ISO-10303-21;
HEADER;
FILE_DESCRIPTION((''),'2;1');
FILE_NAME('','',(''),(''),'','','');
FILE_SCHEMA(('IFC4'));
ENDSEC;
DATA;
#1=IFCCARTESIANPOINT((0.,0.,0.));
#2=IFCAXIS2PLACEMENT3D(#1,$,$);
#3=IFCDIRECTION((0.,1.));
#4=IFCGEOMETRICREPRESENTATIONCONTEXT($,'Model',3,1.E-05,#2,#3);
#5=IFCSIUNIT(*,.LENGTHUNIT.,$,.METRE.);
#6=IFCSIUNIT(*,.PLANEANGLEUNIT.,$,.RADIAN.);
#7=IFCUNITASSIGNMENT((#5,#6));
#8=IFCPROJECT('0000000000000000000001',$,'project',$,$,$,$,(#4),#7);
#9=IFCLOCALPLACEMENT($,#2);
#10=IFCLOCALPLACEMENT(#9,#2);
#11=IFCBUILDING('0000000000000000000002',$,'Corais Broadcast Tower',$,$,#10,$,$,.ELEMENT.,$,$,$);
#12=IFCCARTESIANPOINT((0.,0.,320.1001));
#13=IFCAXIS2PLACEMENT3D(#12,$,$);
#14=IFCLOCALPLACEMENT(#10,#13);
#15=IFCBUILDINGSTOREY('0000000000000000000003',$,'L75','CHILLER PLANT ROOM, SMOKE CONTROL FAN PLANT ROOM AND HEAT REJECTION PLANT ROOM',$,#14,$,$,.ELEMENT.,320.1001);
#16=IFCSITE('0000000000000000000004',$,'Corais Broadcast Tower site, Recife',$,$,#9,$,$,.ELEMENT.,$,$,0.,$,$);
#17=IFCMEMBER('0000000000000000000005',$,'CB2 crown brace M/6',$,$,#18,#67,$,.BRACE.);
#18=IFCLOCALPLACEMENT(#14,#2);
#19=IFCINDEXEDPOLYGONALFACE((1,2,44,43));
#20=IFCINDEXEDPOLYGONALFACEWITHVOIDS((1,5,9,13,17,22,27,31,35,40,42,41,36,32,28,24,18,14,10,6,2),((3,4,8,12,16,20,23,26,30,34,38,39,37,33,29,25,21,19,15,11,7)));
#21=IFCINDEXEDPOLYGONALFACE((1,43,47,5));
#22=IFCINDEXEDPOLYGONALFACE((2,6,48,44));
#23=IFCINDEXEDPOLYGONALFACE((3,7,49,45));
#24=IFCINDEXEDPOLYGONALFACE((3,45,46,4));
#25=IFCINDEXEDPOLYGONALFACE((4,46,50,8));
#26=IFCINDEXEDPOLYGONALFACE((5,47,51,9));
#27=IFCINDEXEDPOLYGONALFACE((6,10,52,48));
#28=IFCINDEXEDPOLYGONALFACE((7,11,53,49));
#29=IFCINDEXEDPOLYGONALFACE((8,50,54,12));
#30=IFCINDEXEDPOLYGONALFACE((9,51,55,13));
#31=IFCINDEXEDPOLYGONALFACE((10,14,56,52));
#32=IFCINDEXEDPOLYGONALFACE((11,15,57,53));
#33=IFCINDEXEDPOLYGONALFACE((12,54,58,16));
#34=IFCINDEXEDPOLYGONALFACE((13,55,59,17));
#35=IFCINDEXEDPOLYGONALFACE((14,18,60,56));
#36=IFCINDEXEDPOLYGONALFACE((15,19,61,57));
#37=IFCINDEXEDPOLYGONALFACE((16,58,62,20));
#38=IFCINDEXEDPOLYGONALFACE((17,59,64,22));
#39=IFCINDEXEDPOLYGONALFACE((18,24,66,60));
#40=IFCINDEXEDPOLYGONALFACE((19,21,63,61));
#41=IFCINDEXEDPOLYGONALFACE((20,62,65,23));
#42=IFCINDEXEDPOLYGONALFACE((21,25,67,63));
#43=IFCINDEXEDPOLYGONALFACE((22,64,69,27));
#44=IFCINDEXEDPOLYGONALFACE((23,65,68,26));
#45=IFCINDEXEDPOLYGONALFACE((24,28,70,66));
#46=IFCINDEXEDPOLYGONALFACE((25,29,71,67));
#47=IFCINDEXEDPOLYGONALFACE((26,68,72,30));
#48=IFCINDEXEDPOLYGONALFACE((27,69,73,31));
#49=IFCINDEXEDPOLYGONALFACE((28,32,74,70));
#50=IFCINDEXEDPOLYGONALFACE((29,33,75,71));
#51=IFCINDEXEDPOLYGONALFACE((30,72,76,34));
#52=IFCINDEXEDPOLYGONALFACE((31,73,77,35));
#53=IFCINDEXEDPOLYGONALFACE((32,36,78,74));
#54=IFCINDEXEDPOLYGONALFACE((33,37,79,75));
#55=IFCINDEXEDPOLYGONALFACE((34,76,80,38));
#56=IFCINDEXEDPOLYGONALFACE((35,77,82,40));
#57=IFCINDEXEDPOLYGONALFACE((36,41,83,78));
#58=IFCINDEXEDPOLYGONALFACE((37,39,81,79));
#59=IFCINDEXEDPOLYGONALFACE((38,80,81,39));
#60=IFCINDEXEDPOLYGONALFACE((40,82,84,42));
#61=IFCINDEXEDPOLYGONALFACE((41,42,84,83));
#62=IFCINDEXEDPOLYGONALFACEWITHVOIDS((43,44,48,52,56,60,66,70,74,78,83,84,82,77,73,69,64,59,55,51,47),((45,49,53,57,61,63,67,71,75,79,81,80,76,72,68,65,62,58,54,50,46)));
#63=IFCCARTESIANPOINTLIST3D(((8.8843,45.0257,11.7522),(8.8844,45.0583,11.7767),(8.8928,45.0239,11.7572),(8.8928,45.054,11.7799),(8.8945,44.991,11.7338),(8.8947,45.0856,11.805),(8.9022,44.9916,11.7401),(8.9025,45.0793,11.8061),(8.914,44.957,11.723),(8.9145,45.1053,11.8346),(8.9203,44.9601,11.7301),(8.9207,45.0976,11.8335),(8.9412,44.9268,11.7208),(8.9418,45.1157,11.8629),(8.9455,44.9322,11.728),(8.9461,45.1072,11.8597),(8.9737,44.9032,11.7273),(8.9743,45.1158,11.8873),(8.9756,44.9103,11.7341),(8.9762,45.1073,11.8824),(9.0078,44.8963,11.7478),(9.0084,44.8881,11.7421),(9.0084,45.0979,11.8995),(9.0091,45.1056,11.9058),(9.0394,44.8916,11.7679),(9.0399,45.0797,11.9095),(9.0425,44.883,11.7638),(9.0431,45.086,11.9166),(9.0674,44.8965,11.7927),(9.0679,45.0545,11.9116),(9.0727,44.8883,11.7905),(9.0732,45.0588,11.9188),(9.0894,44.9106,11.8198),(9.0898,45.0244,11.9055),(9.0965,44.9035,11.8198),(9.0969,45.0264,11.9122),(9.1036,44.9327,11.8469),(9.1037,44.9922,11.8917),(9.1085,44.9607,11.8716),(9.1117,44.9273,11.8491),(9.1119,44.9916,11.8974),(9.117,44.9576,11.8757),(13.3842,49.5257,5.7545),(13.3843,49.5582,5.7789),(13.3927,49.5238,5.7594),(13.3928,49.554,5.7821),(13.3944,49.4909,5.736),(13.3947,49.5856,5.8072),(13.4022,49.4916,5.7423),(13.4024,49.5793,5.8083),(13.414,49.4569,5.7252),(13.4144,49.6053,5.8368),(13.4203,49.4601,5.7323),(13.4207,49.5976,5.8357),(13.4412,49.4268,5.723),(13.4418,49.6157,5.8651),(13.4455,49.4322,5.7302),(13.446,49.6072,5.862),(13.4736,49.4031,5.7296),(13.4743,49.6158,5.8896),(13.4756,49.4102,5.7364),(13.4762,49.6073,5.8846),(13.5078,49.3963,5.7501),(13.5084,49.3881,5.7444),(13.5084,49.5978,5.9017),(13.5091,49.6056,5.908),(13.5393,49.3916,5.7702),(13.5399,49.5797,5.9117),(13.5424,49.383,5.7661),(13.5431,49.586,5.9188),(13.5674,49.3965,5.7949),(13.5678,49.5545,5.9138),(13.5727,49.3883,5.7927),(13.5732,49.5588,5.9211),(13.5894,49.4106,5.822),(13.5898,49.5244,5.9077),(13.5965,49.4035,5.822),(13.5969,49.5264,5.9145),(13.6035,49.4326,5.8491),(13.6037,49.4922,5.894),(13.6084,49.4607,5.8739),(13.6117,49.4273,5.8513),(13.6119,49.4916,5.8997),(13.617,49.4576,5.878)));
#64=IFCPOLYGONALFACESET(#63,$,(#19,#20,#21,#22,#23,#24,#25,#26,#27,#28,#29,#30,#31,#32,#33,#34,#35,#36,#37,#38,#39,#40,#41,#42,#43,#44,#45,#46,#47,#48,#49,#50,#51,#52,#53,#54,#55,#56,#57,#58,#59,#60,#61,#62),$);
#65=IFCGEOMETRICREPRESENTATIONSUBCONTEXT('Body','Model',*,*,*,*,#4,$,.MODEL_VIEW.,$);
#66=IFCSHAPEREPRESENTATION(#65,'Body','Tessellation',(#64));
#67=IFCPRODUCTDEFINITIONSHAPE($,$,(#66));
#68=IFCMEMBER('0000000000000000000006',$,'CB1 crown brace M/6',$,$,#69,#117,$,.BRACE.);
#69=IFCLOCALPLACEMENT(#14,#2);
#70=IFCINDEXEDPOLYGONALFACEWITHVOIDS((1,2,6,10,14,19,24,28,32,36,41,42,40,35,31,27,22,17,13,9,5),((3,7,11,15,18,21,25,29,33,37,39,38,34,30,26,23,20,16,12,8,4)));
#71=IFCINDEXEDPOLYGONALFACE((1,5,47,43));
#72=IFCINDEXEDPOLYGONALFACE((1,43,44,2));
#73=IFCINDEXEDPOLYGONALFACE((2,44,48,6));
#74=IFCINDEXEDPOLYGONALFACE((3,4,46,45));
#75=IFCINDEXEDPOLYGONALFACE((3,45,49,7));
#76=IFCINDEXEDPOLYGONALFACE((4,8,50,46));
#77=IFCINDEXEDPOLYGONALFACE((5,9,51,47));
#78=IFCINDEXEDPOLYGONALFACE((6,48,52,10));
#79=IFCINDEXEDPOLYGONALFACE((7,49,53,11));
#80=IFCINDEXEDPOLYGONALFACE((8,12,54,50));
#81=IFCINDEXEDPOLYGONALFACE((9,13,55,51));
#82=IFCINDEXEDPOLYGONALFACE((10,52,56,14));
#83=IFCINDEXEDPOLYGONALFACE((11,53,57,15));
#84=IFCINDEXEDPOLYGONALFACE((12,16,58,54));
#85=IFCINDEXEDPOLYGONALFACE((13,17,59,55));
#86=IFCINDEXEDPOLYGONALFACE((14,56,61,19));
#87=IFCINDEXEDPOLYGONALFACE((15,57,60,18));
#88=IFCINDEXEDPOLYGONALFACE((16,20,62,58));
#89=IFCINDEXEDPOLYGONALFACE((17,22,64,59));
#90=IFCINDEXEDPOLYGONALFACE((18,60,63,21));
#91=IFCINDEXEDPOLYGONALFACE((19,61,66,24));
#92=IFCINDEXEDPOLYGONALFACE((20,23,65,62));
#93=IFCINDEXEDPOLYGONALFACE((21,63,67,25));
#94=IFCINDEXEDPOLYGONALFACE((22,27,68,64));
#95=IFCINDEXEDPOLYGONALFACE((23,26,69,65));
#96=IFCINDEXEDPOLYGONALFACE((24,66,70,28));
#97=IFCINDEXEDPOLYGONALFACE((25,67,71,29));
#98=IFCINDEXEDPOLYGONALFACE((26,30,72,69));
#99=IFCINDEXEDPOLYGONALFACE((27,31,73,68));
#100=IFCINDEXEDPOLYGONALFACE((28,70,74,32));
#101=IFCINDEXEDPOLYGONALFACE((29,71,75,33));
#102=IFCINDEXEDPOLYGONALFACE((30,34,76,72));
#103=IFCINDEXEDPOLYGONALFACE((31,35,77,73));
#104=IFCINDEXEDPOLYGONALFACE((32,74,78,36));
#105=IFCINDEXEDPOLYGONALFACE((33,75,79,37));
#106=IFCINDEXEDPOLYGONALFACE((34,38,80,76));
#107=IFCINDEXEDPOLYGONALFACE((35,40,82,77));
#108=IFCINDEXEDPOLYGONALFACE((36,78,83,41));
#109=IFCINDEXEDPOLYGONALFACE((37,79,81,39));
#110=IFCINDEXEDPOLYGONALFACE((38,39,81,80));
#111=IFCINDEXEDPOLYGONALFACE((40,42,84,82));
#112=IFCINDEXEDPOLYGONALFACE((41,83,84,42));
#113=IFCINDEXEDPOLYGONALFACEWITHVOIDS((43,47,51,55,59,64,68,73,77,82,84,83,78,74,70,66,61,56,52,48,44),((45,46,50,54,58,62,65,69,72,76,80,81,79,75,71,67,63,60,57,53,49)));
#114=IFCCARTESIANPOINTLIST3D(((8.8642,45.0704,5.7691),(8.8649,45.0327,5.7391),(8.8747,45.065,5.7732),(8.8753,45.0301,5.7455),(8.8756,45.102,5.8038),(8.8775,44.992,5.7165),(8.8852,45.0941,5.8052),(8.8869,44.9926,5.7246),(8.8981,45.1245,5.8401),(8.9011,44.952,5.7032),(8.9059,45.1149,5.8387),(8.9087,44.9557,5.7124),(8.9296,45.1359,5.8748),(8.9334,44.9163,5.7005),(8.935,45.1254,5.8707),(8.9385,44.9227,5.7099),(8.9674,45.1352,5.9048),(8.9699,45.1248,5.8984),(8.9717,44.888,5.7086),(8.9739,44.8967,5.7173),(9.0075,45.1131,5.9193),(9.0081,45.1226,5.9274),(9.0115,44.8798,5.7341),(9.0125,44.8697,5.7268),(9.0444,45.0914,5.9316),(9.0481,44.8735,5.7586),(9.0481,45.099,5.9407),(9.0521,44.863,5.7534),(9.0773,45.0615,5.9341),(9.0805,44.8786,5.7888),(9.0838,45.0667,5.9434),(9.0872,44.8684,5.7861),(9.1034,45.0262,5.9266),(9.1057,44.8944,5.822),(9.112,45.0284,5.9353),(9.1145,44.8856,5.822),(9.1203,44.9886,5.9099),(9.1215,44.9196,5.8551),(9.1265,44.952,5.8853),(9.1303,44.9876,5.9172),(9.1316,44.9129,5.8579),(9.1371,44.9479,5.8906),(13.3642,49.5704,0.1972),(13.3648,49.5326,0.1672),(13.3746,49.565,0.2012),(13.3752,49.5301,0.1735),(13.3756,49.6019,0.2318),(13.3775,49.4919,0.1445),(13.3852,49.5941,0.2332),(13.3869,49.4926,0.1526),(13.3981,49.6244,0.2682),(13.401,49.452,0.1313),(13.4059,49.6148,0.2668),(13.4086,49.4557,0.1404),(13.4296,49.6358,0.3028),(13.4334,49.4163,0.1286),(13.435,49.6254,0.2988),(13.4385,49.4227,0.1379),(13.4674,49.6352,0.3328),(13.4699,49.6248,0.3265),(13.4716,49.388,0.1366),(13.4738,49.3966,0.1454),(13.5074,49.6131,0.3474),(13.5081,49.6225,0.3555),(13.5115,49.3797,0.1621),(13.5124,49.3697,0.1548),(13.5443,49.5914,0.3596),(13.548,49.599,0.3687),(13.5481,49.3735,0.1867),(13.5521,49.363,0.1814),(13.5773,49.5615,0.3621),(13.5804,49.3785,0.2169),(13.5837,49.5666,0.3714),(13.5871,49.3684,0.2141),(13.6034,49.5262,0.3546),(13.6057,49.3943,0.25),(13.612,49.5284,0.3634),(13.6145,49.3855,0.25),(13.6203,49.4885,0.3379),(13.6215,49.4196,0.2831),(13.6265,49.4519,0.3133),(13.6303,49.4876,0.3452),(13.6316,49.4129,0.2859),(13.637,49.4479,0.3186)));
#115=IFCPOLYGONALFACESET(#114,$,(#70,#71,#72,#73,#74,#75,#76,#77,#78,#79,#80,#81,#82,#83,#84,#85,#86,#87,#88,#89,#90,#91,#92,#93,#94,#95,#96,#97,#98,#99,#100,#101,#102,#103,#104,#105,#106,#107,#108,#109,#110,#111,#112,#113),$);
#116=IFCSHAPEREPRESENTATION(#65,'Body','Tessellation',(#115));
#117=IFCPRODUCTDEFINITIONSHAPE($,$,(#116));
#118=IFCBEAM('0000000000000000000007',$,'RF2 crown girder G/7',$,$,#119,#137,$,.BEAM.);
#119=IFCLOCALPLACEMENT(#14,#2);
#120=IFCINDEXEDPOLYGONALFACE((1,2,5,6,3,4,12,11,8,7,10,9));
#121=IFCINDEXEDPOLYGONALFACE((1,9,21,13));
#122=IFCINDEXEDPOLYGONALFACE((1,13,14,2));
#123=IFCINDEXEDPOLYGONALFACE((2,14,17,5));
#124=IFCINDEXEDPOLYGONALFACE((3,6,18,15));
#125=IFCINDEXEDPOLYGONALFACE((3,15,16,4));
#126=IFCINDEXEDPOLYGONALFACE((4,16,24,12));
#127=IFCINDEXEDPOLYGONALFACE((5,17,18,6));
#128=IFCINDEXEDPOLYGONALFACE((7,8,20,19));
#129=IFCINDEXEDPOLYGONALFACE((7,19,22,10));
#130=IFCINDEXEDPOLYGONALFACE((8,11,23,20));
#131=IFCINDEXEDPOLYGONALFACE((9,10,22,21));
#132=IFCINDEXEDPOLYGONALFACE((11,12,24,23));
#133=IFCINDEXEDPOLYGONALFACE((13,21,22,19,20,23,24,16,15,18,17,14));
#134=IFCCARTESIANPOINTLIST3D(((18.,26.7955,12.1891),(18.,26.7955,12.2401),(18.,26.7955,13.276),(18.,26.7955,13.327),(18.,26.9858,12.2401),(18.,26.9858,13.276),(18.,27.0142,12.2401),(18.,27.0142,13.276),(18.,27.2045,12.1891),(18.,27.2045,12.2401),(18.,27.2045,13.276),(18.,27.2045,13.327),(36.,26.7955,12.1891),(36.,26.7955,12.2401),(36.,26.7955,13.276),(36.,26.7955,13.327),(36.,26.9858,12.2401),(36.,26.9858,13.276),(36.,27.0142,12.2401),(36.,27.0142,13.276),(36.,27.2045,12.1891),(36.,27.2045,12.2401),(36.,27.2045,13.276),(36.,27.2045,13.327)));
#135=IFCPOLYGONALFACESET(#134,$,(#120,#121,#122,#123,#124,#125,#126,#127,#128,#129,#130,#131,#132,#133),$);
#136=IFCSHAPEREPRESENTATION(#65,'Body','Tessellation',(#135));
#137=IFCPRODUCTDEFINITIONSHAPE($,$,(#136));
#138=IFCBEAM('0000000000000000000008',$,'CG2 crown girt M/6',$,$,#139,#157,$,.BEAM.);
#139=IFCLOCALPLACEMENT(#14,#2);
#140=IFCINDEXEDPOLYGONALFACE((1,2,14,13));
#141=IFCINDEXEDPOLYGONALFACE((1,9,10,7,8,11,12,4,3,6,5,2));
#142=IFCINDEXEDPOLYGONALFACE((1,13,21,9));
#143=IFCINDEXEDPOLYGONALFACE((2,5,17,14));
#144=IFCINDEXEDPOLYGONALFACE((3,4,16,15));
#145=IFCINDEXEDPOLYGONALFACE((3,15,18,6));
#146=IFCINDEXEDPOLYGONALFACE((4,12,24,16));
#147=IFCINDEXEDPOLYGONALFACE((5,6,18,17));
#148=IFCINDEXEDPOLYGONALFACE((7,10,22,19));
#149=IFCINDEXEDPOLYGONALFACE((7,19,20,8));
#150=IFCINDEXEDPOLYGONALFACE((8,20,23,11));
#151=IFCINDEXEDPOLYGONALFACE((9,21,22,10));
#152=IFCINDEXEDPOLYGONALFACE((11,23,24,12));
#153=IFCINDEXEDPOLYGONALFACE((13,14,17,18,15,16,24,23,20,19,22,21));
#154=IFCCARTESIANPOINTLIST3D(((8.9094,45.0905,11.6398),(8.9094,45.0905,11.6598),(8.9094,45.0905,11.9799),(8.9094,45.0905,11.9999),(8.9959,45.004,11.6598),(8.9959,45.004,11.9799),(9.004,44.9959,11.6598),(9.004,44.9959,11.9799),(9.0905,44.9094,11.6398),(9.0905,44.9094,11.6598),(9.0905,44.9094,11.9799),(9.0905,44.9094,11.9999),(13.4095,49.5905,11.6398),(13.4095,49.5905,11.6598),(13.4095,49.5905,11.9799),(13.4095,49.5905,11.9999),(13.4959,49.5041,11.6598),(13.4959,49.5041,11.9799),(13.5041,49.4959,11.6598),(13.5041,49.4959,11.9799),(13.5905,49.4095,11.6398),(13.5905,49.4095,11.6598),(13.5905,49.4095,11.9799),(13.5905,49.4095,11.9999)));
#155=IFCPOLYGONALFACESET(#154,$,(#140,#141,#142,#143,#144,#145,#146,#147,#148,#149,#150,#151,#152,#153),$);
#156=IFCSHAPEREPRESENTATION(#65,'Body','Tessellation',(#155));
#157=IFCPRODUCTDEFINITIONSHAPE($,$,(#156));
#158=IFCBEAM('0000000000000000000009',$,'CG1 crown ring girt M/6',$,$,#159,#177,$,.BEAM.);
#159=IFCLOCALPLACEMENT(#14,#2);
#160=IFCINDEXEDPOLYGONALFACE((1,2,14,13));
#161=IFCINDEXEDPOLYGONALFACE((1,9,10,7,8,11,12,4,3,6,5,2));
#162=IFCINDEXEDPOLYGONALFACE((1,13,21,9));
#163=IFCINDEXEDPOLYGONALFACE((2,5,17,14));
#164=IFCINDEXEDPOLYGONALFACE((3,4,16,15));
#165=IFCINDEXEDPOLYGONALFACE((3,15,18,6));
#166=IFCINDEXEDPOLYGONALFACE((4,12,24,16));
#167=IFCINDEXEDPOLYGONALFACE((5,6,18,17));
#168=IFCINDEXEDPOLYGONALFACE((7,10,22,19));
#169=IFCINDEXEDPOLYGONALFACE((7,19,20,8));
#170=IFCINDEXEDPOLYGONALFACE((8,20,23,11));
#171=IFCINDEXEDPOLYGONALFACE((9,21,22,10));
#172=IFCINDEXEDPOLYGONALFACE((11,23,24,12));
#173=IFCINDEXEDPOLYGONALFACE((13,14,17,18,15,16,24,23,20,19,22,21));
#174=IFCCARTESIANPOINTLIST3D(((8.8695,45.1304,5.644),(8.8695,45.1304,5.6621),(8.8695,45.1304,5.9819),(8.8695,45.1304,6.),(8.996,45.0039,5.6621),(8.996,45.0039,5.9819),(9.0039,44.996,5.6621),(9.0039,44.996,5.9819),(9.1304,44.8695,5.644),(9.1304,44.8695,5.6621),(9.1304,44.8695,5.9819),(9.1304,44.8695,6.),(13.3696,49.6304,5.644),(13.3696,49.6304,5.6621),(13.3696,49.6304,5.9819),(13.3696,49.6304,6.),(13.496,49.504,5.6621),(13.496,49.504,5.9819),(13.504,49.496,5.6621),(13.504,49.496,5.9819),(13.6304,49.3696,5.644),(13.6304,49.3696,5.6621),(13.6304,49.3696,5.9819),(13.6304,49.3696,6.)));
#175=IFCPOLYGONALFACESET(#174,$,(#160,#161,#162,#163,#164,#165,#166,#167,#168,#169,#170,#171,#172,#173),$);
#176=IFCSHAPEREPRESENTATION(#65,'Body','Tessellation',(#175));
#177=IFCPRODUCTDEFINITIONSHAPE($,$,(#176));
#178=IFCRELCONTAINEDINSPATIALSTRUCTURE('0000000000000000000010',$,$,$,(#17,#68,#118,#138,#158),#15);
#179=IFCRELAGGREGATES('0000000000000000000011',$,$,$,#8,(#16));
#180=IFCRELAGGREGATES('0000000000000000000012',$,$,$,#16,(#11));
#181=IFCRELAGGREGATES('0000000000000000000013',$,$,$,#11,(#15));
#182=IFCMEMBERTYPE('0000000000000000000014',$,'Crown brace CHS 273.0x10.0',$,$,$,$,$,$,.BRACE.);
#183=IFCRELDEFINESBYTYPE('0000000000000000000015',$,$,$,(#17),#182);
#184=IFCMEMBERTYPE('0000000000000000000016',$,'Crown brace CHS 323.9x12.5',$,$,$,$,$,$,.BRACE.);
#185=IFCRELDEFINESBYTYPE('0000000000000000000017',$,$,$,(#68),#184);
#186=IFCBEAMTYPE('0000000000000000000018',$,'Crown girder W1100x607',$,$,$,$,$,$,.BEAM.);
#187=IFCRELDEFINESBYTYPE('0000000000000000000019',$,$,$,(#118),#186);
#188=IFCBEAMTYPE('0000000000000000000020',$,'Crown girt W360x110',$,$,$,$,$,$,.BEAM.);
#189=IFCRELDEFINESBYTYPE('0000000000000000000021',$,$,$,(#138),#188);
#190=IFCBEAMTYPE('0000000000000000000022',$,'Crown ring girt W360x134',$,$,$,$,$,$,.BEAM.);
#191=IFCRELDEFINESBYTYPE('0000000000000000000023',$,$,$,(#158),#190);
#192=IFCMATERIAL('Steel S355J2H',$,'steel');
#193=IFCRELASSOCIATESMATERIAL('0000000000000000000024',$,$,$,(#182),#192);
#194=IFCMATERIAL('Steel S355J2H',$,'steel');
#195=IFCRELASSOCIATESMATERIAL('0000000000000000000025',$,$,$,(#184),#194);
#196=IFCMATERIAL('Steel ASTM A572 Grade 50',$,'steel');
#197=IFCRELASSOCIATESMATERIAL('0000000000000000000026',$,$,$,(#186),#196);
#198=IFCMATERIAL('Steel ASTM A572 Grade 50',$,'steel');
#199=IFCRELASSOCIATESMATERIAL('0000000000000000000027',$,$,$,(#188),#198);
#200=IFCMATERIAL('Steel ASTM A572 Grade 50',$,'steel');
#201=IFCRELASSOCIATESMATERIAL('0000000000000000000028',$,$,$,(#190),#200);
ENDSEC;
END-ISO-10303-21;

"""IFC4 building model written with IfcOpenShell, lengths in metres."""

from ifc_helpers import new_model, si_unit, direction, frame, origin, origin_2d, place, context, subcontext, project, spatial, hollow_circle, i_section, extrude, material, material_profile, profile_set, type_object, element, save


model = new_model("IFC4")

# Units and contexts
model_context = context("Model", 3, precision=1e-05, world=origin(), true_north=direction((0.0, 1.0)))
body_context = subcontext(model_context, "Body", "Model", "MODEL_VIEW")
ifc_project = project(units=[si_unit("LENGTHUNIT", "METRE"), si_unit("PLANEANGLEUNIT", "RADIAN")], contexts=[model_context])

# Site, building, storey
site_placement = place(None, origin())
site = spatial("IfcSite", under=ifc_project, at=site_placement, Name="Corais Broadcast Tower site, Recife", CompositionType="ELEMENT", RefElevation=0.0)
building_placement = place(site_placement, origin())
building = spatial("IfcBuilding", under=site, at=building_placement, Name="Corais Broadcast Tower", CompositionType="ELEMENT")
storey_placement = place(building_placement, frame((0.0, 0.0, 320.1001)))
storey = spatial("IfcBuildingStorey", under=building, at=storey_placement, Name="L75", Description="CHILLER PLANT ROOM, SMOKE CONTROL FAN PLANT ROOM AND HEAT REJECTION PLANT ROOM", CompositionType="ELEMENT", Elevation=320.1001)

# Members
ifc_material_1 = material(Name="Steel S355J2H", Category="steel")
ifc_material_profile_1 = material_profile(ifc_material_1, hollow_circle(Radius=0.1365, WallThickness=0.01, at=origin_2d()), Name="CHS 273.0x10.0")
ifc_profile_set_1 = profile_set([ifc_material_profile_1], Name="Steel S355J2H")
member_type_1 = type_object("IfcMemberType", Name="Crown brace CHS 273.0x10.0", PredefinedType="BRACE", material=ifc_profile_set_1)
member_1_placement = place(storey_placement, frame((13.5, 49.5, 5.822), z_axis=(-0.514584, -0.514584, 0.685861), x_axis=(0.707107, -0.707107, 0.0)))
element("IfcMember", 1, at=member_1_placement, inside=storey, type_object=member_type_1, Name="CB2 crown brace M/6", PredefinedType="BRACE", context=body_context, shape_type="SweptSolid", body=[
    extrude(hollow_circle(Radius=0.1365, WallThickness=0.01, at=origin_2d()), origin(), (0.0, 0.0, 1.0), 8.7449),
])
ifc_material_2 = material(Name="Steel S355J2H", Category="steel")
ifc_material_profile_2 = material_profile(ifc_material_2, hollow_circle(Radius=0.1619, WallThickness=0.0125, at=origin_2d()), Name="CHS 323.9x12.5")
ifc_profile_set_2 = profile_set([ifc_material_profile_2], Name="Steel S355J2H")
member_type_2 = type_object("IfcMemberType", Name="Crown brace CHS 323.9x12.5", PredefinedType="BRACE", material=ifc_profile_set_2)
member_2_placement = place(storey_placement, frame((13.5, 49.5, 0.25), z_axis=(-0.532005, -0.532005, 0.658743), x_axis=(0.707107, -0.707107, 0.0)))
element("IfcMember", 2, at=member_2_placement, inside=storey, type_object=member_type_2, Name="CB1 crown brace M/6", PredefinedType="BRACE", context=body_context, shape_type="SweptSolid", body=[
    extrude(hollow_circle(Radius=0.1619, WallThickness=0.0125, at=origin_2d()), origin(), (0.0, 0.0, 1.0), 8.4585),
])

# Beams
ifc_material_3 = material(Name="Steel ASTM A572 Grade 50", Category="steel")
ifc_material_profile_3 = material_profile(ifc_material_3, i_section(OverallWidth=0.4089, OverallDepth=1.1379, WebThickness=0.0283, FlangeThickness=0.051, at=origin_2d()), Name="W1100x607")
ifc_profile_set_3 = profile_set([ifc_material_profile_3], Name="Steel ASTM A572 Grade 50")
beam_type_1 = type_object("IfcBeamType", Name="Crown girder W1100x607", PredefinedType="BEAM", material=ifc_profile_set_3)
beam_1_placement = place(storey_placement, frame((18.0, 27.0, 12.7581), z_axis=(1.0, 0.0, 0.0), x_axis=(0.0, 1.0, 0.0)))
element("IfcBeam", 3, at=beam_1_placement, inside=storey, type_object=beam_type_1, Name="RF2 crown girder G/7", PredefinedType="BEAM", context=body_context, shape_type="SweptSolid", body=[
    extrude(i_section(OverallWidth=0.4089, OverallDepth=1.1379, WebThickness=0.0283, FlangeThickness=0.051, at=origin_2d()), origin(), (0.0, 0.0, 1.0), 18.0),
])
ifc_material_4 = material(Name="Steel ASTM A572 Grade 50", Category="steel")
ifc_material_profile_4 = material_profile(ifc_material_4, i_section(OverallWidth=0.2561, OverallDepth=0.3601, WebThickness=0.0115, FlangeThickness=0.02, at=origin_2d()), Name="W360x110")
ifc_profile_set_4 = profile_set([ifc_material_profile_4], Name="Steel ASTM A572 Grade 50")
beam_type_2 = type_object("IfcBeamType", Name="Crown girt W360x110", PredefinedType="BEAM", material=ifc_profile_set_4)
beam_2_placement = place(storey_placement, frame((13.5, 49.5, 11.8198), z_axis=(-0.707107, -0.707107, 0.0), x_axis=(0.707107, -0.707107, 0.0)))
element("IfcBeam", 4, at=beam_2_placement, inside=storey, type_object=beam_type_2, Name="CG2 crown girt M/6", PredefinedType="BEAM", context=body_context, shape_type="SweptSolid", body=[
    extrude(i_section(OverallWidth=0.2561, OverallDepth=0.3601, WebThickness=0.0115, FlangeThickness=0.02, at=origin_2d()), origin(), (0.0, 0.0, 1.0), 6.364),
])
ifc_material_5 = material(Name="Steel ASTM A572 Grade 50", Category="steel")
ifc_material_profile_5 = material_profile(ifc_material_5, i_section(OverallWidth=0.3689, OverallDepth=0.356, WebThickness=0.0112, FlangeThickness=0.0181, at=origin_2d()), Name="W360x134")
ifc_profile_set_5 = profile_set([ifc_material_profile_5], Name="Steel ASTM A572 Grade 50")
beam_type_3 = type_object("IfcBeamType", Name="Crown ring girt W360x134", PredefinedType="BEAM", material=ifc_profile_set_5)
beam_3_placement = place(storey_placement, frame((13.5, 49.5, 5.822), z_axis=(-0.707107, -0.707107, 0.0), x_axis=(0.707107, -0.707107, 0.0)))
element("IfcBeam", 5, at=beam_3_placement, inside=storey, type_object=beam_type_3, Name="CG1 crown ring girt M/6", PredefinedType="BEAM", context=body_context, shape_type="SweptSolid", body=[
    extrude(i_section(OverallWidth=0.3689, OverallDepth=0.356, WebThickness=0.0112, FlangeThickness=0.0181, at=origin_2d()), origin(), (0.0, 0.0, 1.0), 6.364),
])

save(model, "model.ifc")
